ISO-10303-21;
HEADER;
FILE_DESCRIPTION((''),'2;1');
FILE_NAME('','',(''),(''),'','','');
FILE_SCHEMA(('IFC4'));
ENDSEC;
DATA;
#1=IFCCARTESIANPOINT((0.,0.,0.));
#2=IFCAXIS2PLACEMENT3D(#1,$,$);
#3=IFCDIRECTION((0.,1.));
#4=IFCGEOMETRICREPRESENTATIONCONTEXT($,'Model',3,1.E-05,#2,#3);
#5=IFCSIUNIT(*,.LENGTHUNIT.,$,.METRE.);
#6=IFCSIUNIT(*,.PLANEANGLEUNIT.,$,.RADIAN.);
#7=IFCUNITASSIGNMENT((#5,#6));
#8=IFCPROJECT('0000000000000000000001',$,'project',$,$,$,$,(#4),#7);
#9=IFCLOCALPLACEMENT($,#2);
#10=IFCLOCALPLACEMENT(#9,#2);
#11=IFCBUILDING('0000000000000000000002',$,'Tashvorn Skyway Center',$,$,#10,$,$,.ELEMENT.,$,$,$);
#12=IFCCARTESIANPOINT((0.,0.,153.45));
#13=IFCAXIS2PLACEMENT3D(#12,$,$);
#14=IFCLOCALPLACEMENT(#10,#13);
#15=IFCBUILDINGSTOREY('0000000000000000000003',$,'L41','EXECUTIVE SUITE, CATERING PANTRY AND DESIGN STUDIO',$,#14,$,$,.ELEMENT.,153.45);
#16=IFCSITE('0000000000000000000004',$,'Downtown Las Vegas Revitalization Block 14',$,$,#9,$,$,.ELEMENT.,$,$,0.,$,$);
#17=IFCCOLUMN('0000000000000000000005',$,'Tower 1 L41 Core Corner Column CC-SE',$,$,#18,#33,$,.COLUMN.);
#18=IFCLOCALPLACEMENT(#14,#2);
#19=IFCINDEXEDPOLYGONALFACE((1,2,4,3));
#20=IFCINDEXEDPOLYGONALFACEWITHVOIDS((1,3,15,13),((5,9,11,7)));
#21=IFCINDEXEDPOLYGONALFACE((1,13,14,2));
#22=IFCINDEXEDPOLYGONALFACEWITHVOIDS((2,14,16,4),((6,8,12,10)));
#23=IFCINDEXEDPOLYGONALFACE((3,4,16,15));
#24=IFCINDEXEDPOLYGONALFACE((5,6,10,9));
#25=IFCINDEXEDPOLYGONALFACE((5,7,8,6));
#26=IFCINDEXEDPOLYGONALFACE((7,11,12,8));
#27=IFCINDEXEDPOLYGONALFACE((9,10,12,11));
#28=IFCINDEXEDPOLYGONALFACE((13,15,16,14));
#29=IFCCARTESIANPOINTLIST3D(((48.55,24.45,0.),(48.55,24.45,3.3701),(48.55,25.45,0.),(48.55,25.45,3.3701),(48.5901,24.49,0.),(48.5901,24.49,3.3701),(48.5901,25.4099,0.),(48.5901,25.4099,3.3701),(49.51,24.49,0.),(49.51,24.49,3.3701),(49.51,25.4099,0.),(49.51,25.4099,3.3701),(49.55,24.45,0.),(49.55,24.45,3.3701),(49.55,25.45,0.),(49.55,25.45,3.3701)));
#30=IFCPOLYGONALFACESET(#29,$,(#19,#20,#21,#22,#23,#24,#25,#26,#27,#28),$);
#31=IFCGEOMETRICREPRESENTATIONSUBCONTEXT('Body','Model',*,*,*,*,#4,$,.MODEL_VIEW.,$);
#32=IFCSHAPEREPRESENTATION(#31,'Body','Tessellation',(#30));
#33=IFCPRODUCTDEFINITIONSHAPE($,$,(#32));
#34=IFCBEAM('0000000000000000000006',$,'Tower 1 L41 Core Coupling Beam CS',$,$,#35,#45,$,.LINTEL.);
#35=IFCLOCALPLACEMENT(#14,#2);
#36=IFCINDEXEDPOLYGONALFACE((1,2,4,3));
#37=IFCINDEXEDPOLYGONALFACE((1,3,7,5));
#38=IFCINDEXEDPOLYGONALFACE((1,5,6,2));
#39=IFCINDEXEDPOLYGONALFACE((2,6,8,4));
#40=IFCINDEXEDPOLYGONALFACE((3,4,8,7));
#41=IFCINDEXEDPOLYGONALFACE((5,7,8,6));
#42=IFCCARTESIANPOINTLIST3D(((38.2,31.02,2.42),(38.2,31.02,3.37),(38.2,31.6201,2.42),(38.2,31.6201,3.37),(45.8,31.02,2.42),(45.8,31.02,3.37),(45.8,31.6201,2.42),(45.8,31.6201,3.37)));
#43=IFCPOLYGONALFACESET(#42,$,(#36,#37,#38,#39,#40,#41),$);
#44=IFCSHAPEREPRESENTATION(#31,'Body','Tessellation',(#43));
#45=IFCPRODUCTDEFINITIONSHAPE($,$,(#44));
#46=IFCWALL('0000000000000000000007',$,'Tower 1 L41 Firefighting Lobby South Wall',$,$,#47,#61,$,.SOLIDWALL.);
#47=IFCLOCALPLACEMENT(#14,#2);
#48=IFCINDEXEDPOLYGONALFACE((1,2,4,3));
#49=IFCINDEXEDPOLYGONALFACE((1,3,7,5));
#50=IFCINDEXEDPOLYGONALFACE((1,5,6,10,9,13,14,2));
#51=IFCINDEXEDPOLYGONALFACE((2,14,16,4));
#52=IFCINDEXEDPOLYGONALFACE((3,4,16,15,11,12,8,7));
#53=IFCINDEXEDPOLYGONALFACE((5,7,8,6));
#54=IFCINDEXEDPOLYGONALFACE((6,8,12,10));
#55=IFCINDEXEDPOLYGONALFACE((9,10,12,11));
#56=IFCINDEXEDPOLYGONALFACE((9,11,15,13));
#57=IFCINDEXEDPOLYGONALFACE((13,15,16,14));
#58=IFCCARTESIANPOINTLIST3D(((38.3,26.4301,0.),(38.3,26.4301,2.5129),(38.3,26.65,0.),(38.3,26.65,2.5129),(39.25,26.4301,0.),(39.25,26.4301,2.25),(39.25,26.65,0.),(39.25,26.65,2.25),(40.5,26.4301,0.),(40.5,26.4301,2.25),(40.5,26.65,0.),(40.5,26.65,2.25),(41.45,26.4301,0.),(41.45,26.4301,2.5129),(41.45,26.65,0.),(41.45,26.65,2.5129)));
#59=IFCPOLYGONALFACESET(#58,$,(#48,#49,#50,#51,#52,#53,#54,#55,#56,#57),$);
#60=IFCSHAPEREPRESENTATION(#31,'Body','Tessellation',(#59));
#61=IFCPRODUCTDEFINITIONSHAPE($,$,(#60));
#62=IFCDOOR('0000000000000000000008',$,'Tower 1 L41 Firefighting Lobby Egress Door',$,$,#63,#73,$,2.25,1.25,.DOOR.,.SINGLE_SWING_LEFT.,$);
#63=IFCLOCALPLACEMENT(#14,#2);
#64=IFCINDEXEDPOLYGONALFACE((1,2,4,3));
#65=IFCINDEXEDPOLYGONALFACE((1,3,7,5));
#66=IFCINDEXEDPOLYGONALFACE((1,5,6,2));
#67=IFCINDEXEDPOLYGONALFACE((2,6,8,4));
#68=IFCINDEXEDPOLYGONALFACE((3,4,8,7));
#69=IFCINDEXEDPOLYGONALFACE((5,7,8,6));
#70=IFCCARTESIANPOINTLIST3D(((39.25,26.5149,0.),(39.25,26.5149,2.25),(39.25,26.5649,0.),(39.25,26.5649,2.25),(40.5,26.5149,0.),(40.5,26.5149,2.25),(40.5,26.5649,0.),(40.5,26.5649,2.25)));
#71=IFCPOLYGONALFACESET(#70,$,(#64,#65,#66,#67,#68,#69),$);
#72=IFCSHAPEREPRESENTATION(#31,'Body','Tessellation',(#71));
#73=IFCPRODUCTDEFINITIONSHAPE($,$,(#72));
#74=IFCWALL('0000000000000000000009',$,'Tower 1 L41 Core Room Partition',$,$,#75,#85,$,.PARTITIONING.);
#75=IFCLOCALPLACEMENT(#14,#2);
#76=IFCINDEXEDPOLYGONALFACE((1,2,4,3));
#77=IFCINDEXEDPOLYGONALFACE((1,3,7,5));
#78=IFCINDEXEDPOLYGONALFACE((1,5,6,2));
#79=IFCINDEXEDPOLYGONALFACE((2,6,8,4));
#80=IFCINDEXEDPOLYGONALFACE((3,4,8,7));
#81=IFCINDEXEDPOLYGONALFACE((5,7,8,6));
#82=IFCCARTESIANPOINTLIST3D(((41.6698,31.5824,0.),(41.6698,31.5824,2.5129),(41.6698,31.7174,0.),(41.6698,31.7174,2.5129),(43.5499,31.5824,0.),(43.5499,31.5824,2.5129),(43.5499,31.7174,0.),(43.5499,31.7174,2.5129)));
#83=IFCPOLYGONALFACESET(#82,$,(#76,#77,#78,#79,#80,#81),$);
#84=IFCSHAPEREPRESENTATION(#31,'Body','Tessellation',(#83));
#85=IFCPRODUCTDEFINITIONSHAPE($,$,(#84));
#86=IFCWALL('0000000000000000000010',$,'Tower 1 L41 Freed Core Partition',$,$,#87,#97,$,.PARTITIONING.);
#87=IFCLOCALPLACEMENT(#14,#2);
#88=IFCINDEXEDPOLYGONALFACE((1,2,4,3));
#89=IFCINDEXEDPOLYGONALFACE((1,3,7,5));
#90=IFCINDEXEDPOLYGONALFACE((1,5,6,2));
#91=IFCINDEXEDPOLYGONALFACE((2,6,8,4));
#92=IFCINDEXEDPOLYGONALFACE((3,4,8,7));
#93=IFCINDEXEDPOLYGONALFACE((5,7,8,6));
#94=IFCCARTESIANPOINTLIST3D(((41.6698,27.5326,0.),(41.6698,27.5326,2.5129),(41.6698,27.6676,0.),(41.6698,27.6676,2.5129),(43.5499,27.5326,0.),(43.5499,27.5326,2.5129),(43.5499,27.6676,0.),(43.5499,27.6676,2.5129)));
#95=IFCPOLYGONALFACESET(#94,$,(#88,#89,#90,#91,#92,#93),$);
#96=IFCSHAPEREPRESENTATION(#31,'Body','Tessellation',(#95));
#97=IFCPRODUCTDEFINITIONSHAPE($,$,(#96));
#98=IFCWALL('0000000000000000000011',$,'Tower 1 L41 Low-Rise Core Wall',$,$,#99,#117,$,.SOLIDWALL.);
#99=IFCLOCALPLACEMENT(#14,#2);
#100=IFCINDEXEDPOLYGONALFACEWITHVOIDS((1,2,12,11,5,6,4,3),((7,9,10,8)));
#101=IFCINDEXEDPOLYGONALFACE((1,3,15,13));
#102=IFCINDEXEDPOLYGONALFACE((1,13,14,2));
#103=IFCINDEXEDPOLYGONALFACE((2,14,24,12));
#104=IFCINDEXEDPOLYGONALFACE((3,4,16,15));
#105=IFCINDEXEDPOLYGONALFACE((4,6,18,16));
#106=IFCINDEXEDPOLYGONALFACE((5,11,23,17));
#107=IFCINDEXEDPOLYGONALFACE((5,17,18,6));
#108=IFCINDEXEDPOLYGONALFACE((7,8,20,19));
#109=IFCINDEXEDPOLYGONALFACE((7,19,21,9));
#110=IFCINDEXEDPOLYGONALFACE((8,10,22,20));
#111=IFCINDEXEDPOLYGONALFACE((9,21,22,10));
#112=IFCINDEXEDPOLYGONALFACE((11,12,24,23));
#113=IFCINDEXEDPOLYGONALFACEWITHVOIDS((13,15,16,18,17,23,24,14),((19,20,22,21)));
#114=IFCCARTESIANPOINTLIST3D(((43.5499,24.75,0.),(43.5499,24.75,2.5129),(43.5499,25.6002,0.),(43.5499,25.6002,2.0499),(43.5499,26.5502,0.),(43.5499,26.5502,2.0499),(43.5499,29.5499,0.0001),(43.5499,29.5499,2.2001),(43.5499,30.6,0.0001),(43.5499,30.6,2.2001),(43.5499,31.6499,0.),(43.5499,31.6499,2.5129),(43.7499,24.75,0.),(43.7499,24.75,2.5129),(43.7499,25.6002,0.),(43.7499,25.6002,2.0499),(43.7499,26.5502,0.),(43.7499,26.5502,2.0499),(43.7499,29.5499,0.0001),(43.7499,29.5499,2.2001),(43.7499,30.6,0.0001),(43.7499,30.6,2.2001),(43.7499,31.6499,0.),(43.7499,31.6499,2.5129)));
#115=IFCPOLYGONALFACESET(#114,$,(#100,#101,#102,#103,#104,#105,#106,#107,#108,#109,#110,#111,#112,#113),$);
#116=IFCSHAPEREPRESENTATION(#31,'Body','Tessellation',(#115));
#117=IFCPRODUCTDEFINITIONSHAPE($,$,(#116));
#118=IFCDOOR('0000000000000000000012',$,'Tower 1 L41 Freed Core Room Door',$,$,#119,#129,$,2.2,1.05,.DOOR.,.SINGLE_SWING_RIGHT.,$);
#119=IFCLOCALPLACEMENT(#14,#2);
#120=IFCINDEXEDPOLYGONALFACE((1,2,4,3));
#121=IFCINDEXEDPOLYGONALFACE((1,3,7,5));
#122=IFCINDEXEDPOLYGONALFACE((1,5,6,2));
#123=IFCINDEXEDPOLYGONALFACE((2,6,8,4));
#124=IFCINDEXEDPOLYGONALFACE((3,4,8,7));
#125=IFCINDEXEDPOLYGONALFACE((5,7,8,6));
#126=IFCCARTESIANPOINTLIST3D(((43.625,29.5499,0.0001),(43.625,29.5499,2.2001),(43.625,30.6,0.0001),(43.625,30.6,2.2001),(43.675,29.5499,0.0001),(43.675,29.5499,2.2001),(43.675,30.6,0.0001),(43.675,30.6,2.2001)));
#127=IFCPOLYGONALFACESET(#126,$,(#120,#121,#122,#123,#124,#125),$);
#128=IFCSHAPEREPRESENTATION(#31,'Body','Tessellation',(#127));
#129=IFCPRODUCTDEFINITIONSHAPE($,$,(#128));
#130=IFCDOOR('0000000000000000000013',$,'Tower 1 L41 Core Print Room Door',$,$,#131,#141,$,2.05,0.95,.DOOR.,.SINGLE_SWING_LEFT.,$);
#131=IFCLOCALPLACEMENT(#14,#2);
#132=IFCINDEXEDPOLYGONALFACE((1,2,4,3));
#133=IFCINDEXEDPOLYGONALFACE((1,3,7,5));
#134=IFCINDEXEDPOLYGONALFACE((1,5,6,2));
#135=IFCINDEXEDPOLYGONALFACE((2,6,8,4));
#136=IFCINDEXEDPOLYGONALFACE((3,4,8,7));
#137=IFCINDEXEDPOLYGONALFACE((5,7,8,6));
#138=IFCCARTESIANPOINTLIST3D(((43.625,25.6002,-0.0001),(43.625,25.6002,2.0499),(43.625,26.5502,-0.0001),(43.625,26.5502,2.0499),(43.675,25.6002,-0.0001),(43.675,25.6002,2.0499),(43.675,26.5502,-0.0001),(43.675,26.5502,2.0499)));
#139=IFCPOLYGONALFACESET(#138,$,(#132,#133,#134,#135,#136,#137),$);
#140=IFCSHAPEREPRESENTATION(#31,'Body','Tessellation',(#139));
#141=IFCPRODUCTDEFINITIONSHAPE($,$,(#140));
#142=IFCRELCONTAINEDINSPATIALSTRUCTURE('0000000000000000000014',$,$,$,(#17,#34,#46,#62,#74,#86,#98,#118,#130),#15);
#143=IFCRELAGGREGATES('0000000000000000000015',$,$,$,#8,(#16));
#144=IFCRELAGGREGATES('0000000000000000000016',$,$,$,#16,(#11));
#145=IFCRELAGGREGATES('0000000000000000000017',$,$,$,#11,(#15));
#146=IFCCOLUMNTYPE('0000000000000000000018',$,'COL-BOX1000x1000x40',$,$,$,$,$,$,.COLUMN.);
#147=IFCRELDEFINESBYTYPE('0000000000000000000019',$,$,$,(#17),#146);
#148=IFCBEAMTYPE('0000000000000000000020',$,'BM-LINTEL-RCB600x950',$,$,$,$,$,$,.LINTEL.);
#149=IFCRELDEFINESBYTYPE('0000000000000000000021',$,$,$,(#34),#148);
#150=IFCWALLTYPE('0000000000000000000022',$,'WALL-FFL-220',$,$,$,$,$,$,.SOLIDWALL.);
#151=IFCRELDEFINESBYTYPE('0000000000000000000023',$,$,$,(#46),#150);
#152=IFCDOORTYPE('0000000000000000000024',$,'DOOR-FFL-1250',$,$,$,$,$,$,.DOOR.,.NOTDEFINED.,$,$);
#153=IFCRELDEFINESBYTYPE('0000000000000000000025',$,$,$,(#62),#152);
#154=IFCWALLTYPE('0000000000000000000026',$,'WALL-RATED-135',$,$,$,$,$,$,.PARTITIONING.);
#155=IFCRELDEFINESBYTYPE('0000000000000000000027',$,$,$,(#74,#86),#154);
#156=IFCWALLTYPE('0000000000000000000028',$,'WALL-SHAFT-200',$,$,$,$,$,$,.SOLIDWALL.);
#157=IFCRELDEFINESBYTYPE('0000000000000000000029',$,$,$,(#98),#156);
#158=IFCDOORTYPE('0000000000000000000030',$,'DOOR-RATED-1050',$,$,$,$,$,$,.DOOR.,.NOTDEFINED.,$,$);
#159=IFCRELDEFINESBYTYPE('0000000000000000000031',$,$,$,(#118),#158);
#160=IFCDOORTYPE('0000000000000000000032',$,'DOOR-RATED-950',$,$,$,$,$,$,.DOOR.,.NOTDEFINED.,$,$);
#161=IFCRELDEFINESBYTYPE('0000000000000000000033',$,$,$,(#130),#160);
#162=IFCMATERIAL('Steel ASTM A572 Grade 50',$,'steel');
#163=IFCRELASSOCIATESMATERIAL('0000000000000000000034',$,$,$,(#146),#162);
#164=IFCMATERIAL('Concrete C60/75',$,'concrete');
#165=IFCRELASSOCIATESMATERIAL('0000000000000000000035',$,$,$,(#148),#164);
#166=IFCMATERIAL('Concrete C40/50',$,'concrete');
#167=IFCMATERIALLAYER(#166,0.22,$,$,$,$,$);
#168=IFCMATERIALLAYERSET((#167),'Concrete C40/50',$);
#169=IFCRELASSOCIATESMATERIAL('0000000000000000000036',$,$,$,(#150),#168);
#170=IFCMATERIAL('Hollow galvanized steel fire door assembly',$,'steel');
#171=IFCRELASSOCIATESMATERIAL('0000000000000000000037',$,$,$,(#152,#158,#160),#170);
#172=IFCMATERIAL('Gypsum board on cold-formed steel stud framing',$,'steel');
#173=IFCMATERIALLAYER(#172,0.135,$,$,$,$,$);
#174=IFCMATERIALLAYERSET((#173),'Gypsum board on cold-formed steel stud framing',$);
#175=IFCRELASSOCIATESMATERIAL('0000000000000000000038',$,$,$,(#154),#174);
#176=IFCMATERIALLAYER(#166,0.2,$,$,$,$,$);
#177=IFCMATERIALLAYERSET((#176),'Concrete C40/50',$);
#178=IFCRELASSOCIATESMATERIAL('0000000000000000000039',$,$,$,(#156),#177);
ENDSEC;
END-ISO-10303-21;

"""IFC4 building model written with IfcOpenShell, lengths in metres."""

from ifc_helpers import new_model, si_unit, direction, frame, frame_2d, origin, origin_2d, place, context, subcontext, project, spatial, rectangle, hollow_rectangle, extrude, material, layer, layer_set, material_profile, profile_set, type_object, element, fill, save


model = new_model("IFC4")

# Units and contexts
model_context = context("Model", 3, precision=1e-05, world=origin(), true_north=direction((0.0, 1.0)))
body_context = subcontext(model_context, "Body", "Model", "MODEL_VIEW")
ifc_project = project(units=[si_unit("LENGTHUNIT", "METRE"), si_unit("PLANEANGLEUNIT", "RADIAN")], contexts=[model_context])

# Site, building, storey
site_placement = place(None, origin())
site = spatial("IfcSite", under=ifc_project, at=site_placement, Name="Downtown Las Vegas Revitalization Block 14", CompositionType="ELEMENT", RefElevation=0.0)
building_placement = place(site_placement, origin())
building = spatial("IfcBuilding", under=site, at=building_placement, Name="Tashvorn Skyway Center", CompositionType="ELEMENT")
storey_placement = place(building_placement, frame((0.0, 0.0, 153.45)))
storey = spatial("IfcBuildingStorey", under=building, at=storey_placement, Name="L41", Description="EXECUTIVE SUITE, CATERING PANTRY AND DESIGN STUDIO", CompositionType="ELEMENT", Elevation=153.45)

# Column
ifc_material_1 = material(Name="Steel ASTM A572 Grade 50", Category="steel")
ifc_material_profile_1 = material_profile(ifc_material_1, hollow_rectangle(XDim=1.0, YDim=1.0, WallThickness=0.04, at=origin_2d()), Name="BOX1000x1000x40")
ifc_profile_set_1 = profile_set([ifc_material_profile_1], Name="Steel ASTM A572 Grade 50")
column_type = type_object("IfcColumnType", Name="COL-BOX1000x1000x40", PredefinedType="COLUMN", material=ifc_profile_set_1)
column_placement = place(storey_placement, frame((49.05, 24.95, 0.0), z_axis=(0.0, 0.0, 1.0), x_axis=(1.0, 0.0, 0.0)))
element("IfcColumn", 1, at=column_placement, inside=storey, type_object=column_type, Name="Tower 1 L41 Core Corner Column CC-SE", PredefinedType="COLUMN", context=body_context, shape_type="SweptSolid", body=[
    extrude(hollow_rectangle(XDim=1.0, YDim=1.0, WallThickness=0.04, at=origin_2d()), origin(), (0.0, 0.0, 1.0), 3.3701),
])

# Beam
ifc_material_2 = material(Name="Concrete C60/75", Category="concrete")
ifc_material_profile_2 = material_profile(ifc_material_2, rectangle(XDim=0.6001, YDim=0.95, at=origin_2d()), Name="RCB600x950")
ifc_profile_set_2 = profile_set([ifc_material_profile_2], Name="Concrete C60/75")
beam_type = type_object("IfcBeamType", Name="BM-LINTEL-RCB600x950", PredefinedType="LINTEL", material=ifc_profile_set_2)
beam_placement = place(storey_placement, frame((38.2, 31.3201, 2.895), z_axis=(1.0, 0.0, 0.0), x_axis=(0.0, 1.0, 0.0)))
element("IfcBeam", 2, at=beam_placement, inside=storey, type_object=beam_type, Name="Tower 1 L41 Core Coupling Beam CS", PredefinedType="LINTEL", context=body_context, shape_type="SweptSolid", body=[
    extrude(rectangle(XDim=0.6001, YDim=0.95, at=origin_2d()), origin(), (0.0, 0.0, 1.0), 7.6001),
])

# Wall, opening, door
ifc_material_3 = material(Name="Concrete C40/50", Category="concrete")
ifc_layer_1 = layer(ifc_material_3, 0.22)
ifc_layer_set_1 = layer_set([ifc_layer_1], Name="Concrete C40/50")
wall_type_1 = type_object("IfcWallType", Name="WALL-FFL-220", PredefinedType="SOLIDWALL", material=ifc_layer_set_1)
wall_1_placement = place(storey_placement, frame((38.3, 26.54, 0.0), z_axis=(0.0, 0.0, 1.0), x_axis=(1.0, 0.0, 0.0)))
wall_1 = element("IfcWall", 3, at=wall_1_placement, inside=storey, type_object=wall_type_1, Name="Tower 1 L41 Firefighting Lobby South Wall", PredefinedType="SOLIDWALL", context=body_context, shape_type="SweptSolid", body=[
    extrude(rectangle(XDim=3.1499, YDim=0.22, at=frame_2d((1.575, 0.0))), origin(), (0.0, 0.0, 1.0), 2.5129),
])
opening_1_placement = place(wall_1_placement, frame((0.95, 0.0, 0.0)))
opening_1 = element("IfcOpeningElement", 4, at=opening_1_placement, cuts=wall_1, PredefinedType="OPENING", context=body_context, shape_type="SweptSolid", body=[
    extrude(rectangle(XDim=1.25, YDim=2.25, at=frame_2d((0.625, 1.125))), frame((0.0, 0.1199, 0.0), z_axis=(0.0, -1.0, 0.0), x_axis=(1.0, 0.0, 0.0)), (0.0, 0.0, 1.0), 0.24),
])
ifc_material_4 = material(Name="Hollow galvanized steel fire door assembly", Category="steel")
door_type_1 = type_object("IfcDoorType", Name="DOOR-FFL-1250", OperationType="NOTDEFINED", PredefinedType="DOOR", material=ifc_material_4)
door_1_placement = place(opening_1_placement, origin())
door_1 = element("IfcDoor", 5, at=door_1_placement, inside=storey, type_object=door_type_1, Name="Tower 1 L41 Firefighting Lobby Egress Door", OperationType="SINGLE_SWING_LEFT", OverallHeight=2.25, OverallWidth=1.25, PredefinedType="DOOR", context=body_context, shape_type="SweptSolid", body=[
    extrude(rectangle(XDim=1.25, YDim=2.25, at=frame_2d((0.625, 1.125))), frame((0.0, 0.0249, 0.0), z_axis=(0.0, -1.0, 0.0), x_axis=(1.0, 0.0, 0.0)), (0.0, 0.0, 1.0), 0.05),
])
fill(opening_1, door_1)

# Walls
ifc_material_5 = material(Name="Gypsum board on cold-formed steel stud framing", Category="steel")
ifc_layer_2 = layer(ifc_material_5, 0.135)
ifc_layer_set_2 = layer_set([ifc_layer_2], Name="Gypsum board on cold-formed steel stud framing")
wall_type_2 = type_object("IfcWallType", Name="WALL-RATED-135", PredefinedType="PARTITIONING", material=ifc_layer_set_2)
for number, where, z_axis, x_axis, name in (
    (6, (41.6699, 31.6499, 0.0), (0.0, 0.0, 1.0), (1.0, 0.0, 0.0), "Tower 1 L41 Core Room Partition"),
    (7, (41.6699, 27.6001, 0.0), (0.0, 0.0, 1.0), (1.0, 0.0, 0.0), "Tower 1 L41 Freed Core Partition"),
):
    element("IfcWall", number, at=place(storey_placement, frame(where, z_axis=z_axis, x_axis=x_axis)), inside=storey, type_object=wall_type_2, Name=name, PredefinedType="PARTITIONING", context=body_context, shape_type="SweptSolid", body=[
        extrude(rectangle(XDim=1.8801, YDim=0.135, at=frame_2d((0.9399, 0.0))), origin(), (0.0, 0.0, 1.0), 2.5129),
    ])

# Wall, openings, doors
ifc_layer_3 = layer(ifc_material_3, 0.2)
ifc_layer_set_3 = layer_set([ifc_layer_3], Name="Concrete C40/50")
wall_type_3 = type_object("IfcWallType", Name="WALL-SHAFT-200", PredefinedType="SOLIDWALL", material=ifc_layer_set_3)
wall_2_placement = place(storey_placement, frame((43.6499, 24.75, 0.0), z_axis=(0.0, 0.0, 1.0), x_axis=(0.0, 1.0, 0.0)))
wall_2 = element("IfcWall", 8, at=wall_2_placement, inside=storey, type_object=wall_type_3, Name="Tower 1 L41 Low-Rise Core Wall", PredefinedType="SOLIDWALL", context=body_context, shape_type="SweptSolid", body=[
    extrude(rectangle(XDim=6.8999, YDim=0.2, at=frame_2d((3.45, 0.0))), origin(), (0.0, 0.0, 1.0), 2.5129),
])
opening_2_placement = place(wall_2_placement, frame((0.8501, 0.0, 0.0)))
opening_2 = element("IfcOpeningElement", 9, at=opening_2_placement, cuts=wall_2, PredefinedType="OPENING", context=body_context, shape_type="SweptSolid", body=[
    extrude(rectangle(XDim=0.95, YDim=2.05, at=frame_2d((0.4751, 1.0249))), frame((0.0, 0.1099, 0.0), z_axis=(0.0, -1.0, 0.0), x_axis=(1.0, 0.0, 0.0)), (0.0, 0.0, 1.0), 0.22),
])
opening_3_placement = place(wall_2_placement, frame((4.8, 0.0, 0.0)))
opening_3 = element("IfcOpeningElement", 10, at=opening_3_placement, cuts=wall_2, PredefinedType="OPENING", context=body_context, shape_type="SweptSolid", body=[
    extrude(rectangle(XDim=1.05, YDim=2.2, at=frame_2d((0.5249, 1.1001))), frame((0.0, 0.1099, 0.0), z_axis=(0.0, -1.0, 0.0), x_axis=(1.0, 0.0, 0.0)), (0.0, 0.0, 1.0), 0.22),
])
door_type_2 = type_object("IfcDoorType", Name="DOOR-RATED-1050", OperationType="NOTDEFINED", PredefinedType="DOOR", material=ifc_material_4)
door_2_placement = place(opening_3_placement, origin())
door_2 = element("IfcDoor", 11, at=door_2_placement, inside=storey, type_object=door_type_2, Name="Tower 1 L41 Freed Core Room Door", OperationType="SINGLE_SWING_RIGHT", OverallHeight=2.2, OverallWidth=1.05, PredefinedType="DOOR", context=body_context, shape_type="SweptSolid", body=[
    extrude(rectangle(XDim=1.05, YDim=2.2, at=frame_2d((0.5249, 1.1001))), frame((0.0, 0.0249, 0.0), z_axis=(0.0, -1.0, 0.0), x_axis=(1.0, 0.0, 0.0)), (0.0, 0.0, 1.0), 0.05),
])
fill(opening_3, door_2)
door_type_3 = type_object("IfcDoorType", Name="DOOR-RATED-950", OperationType="NOTDEFINED", PredefinedType="DOOR", material=ifc_material_4)
door_3_placement = place(opening_2_placement, origin())
door_3 = element("IfcDoor", 12, at=door_3_placement, inside=storey, type_object=door_type_3, Name="Tower 1 L41 Core Print Room Door", OperationType="SINGLE_SWING_LEFT", OverallHeight=2.05, OverallWidth=0.95, PredefinedType="DOOR", context=body_context, shape_type="SweptSolid", body=[
    extrude(rectangle(XDim=0.95, YDim=2.05, at=frame_2d((0.4751, 1.0249))), frame((0.0, 0.0249, 0.0), z_axis=(0.0, -1.0, 0.0), x_axis=(1.0, 0.0, 0.0)), (0.0, 0.0, 1.0), 0.05),
])
fill(opening_2, door_3)

save(model, "model.ifc")
